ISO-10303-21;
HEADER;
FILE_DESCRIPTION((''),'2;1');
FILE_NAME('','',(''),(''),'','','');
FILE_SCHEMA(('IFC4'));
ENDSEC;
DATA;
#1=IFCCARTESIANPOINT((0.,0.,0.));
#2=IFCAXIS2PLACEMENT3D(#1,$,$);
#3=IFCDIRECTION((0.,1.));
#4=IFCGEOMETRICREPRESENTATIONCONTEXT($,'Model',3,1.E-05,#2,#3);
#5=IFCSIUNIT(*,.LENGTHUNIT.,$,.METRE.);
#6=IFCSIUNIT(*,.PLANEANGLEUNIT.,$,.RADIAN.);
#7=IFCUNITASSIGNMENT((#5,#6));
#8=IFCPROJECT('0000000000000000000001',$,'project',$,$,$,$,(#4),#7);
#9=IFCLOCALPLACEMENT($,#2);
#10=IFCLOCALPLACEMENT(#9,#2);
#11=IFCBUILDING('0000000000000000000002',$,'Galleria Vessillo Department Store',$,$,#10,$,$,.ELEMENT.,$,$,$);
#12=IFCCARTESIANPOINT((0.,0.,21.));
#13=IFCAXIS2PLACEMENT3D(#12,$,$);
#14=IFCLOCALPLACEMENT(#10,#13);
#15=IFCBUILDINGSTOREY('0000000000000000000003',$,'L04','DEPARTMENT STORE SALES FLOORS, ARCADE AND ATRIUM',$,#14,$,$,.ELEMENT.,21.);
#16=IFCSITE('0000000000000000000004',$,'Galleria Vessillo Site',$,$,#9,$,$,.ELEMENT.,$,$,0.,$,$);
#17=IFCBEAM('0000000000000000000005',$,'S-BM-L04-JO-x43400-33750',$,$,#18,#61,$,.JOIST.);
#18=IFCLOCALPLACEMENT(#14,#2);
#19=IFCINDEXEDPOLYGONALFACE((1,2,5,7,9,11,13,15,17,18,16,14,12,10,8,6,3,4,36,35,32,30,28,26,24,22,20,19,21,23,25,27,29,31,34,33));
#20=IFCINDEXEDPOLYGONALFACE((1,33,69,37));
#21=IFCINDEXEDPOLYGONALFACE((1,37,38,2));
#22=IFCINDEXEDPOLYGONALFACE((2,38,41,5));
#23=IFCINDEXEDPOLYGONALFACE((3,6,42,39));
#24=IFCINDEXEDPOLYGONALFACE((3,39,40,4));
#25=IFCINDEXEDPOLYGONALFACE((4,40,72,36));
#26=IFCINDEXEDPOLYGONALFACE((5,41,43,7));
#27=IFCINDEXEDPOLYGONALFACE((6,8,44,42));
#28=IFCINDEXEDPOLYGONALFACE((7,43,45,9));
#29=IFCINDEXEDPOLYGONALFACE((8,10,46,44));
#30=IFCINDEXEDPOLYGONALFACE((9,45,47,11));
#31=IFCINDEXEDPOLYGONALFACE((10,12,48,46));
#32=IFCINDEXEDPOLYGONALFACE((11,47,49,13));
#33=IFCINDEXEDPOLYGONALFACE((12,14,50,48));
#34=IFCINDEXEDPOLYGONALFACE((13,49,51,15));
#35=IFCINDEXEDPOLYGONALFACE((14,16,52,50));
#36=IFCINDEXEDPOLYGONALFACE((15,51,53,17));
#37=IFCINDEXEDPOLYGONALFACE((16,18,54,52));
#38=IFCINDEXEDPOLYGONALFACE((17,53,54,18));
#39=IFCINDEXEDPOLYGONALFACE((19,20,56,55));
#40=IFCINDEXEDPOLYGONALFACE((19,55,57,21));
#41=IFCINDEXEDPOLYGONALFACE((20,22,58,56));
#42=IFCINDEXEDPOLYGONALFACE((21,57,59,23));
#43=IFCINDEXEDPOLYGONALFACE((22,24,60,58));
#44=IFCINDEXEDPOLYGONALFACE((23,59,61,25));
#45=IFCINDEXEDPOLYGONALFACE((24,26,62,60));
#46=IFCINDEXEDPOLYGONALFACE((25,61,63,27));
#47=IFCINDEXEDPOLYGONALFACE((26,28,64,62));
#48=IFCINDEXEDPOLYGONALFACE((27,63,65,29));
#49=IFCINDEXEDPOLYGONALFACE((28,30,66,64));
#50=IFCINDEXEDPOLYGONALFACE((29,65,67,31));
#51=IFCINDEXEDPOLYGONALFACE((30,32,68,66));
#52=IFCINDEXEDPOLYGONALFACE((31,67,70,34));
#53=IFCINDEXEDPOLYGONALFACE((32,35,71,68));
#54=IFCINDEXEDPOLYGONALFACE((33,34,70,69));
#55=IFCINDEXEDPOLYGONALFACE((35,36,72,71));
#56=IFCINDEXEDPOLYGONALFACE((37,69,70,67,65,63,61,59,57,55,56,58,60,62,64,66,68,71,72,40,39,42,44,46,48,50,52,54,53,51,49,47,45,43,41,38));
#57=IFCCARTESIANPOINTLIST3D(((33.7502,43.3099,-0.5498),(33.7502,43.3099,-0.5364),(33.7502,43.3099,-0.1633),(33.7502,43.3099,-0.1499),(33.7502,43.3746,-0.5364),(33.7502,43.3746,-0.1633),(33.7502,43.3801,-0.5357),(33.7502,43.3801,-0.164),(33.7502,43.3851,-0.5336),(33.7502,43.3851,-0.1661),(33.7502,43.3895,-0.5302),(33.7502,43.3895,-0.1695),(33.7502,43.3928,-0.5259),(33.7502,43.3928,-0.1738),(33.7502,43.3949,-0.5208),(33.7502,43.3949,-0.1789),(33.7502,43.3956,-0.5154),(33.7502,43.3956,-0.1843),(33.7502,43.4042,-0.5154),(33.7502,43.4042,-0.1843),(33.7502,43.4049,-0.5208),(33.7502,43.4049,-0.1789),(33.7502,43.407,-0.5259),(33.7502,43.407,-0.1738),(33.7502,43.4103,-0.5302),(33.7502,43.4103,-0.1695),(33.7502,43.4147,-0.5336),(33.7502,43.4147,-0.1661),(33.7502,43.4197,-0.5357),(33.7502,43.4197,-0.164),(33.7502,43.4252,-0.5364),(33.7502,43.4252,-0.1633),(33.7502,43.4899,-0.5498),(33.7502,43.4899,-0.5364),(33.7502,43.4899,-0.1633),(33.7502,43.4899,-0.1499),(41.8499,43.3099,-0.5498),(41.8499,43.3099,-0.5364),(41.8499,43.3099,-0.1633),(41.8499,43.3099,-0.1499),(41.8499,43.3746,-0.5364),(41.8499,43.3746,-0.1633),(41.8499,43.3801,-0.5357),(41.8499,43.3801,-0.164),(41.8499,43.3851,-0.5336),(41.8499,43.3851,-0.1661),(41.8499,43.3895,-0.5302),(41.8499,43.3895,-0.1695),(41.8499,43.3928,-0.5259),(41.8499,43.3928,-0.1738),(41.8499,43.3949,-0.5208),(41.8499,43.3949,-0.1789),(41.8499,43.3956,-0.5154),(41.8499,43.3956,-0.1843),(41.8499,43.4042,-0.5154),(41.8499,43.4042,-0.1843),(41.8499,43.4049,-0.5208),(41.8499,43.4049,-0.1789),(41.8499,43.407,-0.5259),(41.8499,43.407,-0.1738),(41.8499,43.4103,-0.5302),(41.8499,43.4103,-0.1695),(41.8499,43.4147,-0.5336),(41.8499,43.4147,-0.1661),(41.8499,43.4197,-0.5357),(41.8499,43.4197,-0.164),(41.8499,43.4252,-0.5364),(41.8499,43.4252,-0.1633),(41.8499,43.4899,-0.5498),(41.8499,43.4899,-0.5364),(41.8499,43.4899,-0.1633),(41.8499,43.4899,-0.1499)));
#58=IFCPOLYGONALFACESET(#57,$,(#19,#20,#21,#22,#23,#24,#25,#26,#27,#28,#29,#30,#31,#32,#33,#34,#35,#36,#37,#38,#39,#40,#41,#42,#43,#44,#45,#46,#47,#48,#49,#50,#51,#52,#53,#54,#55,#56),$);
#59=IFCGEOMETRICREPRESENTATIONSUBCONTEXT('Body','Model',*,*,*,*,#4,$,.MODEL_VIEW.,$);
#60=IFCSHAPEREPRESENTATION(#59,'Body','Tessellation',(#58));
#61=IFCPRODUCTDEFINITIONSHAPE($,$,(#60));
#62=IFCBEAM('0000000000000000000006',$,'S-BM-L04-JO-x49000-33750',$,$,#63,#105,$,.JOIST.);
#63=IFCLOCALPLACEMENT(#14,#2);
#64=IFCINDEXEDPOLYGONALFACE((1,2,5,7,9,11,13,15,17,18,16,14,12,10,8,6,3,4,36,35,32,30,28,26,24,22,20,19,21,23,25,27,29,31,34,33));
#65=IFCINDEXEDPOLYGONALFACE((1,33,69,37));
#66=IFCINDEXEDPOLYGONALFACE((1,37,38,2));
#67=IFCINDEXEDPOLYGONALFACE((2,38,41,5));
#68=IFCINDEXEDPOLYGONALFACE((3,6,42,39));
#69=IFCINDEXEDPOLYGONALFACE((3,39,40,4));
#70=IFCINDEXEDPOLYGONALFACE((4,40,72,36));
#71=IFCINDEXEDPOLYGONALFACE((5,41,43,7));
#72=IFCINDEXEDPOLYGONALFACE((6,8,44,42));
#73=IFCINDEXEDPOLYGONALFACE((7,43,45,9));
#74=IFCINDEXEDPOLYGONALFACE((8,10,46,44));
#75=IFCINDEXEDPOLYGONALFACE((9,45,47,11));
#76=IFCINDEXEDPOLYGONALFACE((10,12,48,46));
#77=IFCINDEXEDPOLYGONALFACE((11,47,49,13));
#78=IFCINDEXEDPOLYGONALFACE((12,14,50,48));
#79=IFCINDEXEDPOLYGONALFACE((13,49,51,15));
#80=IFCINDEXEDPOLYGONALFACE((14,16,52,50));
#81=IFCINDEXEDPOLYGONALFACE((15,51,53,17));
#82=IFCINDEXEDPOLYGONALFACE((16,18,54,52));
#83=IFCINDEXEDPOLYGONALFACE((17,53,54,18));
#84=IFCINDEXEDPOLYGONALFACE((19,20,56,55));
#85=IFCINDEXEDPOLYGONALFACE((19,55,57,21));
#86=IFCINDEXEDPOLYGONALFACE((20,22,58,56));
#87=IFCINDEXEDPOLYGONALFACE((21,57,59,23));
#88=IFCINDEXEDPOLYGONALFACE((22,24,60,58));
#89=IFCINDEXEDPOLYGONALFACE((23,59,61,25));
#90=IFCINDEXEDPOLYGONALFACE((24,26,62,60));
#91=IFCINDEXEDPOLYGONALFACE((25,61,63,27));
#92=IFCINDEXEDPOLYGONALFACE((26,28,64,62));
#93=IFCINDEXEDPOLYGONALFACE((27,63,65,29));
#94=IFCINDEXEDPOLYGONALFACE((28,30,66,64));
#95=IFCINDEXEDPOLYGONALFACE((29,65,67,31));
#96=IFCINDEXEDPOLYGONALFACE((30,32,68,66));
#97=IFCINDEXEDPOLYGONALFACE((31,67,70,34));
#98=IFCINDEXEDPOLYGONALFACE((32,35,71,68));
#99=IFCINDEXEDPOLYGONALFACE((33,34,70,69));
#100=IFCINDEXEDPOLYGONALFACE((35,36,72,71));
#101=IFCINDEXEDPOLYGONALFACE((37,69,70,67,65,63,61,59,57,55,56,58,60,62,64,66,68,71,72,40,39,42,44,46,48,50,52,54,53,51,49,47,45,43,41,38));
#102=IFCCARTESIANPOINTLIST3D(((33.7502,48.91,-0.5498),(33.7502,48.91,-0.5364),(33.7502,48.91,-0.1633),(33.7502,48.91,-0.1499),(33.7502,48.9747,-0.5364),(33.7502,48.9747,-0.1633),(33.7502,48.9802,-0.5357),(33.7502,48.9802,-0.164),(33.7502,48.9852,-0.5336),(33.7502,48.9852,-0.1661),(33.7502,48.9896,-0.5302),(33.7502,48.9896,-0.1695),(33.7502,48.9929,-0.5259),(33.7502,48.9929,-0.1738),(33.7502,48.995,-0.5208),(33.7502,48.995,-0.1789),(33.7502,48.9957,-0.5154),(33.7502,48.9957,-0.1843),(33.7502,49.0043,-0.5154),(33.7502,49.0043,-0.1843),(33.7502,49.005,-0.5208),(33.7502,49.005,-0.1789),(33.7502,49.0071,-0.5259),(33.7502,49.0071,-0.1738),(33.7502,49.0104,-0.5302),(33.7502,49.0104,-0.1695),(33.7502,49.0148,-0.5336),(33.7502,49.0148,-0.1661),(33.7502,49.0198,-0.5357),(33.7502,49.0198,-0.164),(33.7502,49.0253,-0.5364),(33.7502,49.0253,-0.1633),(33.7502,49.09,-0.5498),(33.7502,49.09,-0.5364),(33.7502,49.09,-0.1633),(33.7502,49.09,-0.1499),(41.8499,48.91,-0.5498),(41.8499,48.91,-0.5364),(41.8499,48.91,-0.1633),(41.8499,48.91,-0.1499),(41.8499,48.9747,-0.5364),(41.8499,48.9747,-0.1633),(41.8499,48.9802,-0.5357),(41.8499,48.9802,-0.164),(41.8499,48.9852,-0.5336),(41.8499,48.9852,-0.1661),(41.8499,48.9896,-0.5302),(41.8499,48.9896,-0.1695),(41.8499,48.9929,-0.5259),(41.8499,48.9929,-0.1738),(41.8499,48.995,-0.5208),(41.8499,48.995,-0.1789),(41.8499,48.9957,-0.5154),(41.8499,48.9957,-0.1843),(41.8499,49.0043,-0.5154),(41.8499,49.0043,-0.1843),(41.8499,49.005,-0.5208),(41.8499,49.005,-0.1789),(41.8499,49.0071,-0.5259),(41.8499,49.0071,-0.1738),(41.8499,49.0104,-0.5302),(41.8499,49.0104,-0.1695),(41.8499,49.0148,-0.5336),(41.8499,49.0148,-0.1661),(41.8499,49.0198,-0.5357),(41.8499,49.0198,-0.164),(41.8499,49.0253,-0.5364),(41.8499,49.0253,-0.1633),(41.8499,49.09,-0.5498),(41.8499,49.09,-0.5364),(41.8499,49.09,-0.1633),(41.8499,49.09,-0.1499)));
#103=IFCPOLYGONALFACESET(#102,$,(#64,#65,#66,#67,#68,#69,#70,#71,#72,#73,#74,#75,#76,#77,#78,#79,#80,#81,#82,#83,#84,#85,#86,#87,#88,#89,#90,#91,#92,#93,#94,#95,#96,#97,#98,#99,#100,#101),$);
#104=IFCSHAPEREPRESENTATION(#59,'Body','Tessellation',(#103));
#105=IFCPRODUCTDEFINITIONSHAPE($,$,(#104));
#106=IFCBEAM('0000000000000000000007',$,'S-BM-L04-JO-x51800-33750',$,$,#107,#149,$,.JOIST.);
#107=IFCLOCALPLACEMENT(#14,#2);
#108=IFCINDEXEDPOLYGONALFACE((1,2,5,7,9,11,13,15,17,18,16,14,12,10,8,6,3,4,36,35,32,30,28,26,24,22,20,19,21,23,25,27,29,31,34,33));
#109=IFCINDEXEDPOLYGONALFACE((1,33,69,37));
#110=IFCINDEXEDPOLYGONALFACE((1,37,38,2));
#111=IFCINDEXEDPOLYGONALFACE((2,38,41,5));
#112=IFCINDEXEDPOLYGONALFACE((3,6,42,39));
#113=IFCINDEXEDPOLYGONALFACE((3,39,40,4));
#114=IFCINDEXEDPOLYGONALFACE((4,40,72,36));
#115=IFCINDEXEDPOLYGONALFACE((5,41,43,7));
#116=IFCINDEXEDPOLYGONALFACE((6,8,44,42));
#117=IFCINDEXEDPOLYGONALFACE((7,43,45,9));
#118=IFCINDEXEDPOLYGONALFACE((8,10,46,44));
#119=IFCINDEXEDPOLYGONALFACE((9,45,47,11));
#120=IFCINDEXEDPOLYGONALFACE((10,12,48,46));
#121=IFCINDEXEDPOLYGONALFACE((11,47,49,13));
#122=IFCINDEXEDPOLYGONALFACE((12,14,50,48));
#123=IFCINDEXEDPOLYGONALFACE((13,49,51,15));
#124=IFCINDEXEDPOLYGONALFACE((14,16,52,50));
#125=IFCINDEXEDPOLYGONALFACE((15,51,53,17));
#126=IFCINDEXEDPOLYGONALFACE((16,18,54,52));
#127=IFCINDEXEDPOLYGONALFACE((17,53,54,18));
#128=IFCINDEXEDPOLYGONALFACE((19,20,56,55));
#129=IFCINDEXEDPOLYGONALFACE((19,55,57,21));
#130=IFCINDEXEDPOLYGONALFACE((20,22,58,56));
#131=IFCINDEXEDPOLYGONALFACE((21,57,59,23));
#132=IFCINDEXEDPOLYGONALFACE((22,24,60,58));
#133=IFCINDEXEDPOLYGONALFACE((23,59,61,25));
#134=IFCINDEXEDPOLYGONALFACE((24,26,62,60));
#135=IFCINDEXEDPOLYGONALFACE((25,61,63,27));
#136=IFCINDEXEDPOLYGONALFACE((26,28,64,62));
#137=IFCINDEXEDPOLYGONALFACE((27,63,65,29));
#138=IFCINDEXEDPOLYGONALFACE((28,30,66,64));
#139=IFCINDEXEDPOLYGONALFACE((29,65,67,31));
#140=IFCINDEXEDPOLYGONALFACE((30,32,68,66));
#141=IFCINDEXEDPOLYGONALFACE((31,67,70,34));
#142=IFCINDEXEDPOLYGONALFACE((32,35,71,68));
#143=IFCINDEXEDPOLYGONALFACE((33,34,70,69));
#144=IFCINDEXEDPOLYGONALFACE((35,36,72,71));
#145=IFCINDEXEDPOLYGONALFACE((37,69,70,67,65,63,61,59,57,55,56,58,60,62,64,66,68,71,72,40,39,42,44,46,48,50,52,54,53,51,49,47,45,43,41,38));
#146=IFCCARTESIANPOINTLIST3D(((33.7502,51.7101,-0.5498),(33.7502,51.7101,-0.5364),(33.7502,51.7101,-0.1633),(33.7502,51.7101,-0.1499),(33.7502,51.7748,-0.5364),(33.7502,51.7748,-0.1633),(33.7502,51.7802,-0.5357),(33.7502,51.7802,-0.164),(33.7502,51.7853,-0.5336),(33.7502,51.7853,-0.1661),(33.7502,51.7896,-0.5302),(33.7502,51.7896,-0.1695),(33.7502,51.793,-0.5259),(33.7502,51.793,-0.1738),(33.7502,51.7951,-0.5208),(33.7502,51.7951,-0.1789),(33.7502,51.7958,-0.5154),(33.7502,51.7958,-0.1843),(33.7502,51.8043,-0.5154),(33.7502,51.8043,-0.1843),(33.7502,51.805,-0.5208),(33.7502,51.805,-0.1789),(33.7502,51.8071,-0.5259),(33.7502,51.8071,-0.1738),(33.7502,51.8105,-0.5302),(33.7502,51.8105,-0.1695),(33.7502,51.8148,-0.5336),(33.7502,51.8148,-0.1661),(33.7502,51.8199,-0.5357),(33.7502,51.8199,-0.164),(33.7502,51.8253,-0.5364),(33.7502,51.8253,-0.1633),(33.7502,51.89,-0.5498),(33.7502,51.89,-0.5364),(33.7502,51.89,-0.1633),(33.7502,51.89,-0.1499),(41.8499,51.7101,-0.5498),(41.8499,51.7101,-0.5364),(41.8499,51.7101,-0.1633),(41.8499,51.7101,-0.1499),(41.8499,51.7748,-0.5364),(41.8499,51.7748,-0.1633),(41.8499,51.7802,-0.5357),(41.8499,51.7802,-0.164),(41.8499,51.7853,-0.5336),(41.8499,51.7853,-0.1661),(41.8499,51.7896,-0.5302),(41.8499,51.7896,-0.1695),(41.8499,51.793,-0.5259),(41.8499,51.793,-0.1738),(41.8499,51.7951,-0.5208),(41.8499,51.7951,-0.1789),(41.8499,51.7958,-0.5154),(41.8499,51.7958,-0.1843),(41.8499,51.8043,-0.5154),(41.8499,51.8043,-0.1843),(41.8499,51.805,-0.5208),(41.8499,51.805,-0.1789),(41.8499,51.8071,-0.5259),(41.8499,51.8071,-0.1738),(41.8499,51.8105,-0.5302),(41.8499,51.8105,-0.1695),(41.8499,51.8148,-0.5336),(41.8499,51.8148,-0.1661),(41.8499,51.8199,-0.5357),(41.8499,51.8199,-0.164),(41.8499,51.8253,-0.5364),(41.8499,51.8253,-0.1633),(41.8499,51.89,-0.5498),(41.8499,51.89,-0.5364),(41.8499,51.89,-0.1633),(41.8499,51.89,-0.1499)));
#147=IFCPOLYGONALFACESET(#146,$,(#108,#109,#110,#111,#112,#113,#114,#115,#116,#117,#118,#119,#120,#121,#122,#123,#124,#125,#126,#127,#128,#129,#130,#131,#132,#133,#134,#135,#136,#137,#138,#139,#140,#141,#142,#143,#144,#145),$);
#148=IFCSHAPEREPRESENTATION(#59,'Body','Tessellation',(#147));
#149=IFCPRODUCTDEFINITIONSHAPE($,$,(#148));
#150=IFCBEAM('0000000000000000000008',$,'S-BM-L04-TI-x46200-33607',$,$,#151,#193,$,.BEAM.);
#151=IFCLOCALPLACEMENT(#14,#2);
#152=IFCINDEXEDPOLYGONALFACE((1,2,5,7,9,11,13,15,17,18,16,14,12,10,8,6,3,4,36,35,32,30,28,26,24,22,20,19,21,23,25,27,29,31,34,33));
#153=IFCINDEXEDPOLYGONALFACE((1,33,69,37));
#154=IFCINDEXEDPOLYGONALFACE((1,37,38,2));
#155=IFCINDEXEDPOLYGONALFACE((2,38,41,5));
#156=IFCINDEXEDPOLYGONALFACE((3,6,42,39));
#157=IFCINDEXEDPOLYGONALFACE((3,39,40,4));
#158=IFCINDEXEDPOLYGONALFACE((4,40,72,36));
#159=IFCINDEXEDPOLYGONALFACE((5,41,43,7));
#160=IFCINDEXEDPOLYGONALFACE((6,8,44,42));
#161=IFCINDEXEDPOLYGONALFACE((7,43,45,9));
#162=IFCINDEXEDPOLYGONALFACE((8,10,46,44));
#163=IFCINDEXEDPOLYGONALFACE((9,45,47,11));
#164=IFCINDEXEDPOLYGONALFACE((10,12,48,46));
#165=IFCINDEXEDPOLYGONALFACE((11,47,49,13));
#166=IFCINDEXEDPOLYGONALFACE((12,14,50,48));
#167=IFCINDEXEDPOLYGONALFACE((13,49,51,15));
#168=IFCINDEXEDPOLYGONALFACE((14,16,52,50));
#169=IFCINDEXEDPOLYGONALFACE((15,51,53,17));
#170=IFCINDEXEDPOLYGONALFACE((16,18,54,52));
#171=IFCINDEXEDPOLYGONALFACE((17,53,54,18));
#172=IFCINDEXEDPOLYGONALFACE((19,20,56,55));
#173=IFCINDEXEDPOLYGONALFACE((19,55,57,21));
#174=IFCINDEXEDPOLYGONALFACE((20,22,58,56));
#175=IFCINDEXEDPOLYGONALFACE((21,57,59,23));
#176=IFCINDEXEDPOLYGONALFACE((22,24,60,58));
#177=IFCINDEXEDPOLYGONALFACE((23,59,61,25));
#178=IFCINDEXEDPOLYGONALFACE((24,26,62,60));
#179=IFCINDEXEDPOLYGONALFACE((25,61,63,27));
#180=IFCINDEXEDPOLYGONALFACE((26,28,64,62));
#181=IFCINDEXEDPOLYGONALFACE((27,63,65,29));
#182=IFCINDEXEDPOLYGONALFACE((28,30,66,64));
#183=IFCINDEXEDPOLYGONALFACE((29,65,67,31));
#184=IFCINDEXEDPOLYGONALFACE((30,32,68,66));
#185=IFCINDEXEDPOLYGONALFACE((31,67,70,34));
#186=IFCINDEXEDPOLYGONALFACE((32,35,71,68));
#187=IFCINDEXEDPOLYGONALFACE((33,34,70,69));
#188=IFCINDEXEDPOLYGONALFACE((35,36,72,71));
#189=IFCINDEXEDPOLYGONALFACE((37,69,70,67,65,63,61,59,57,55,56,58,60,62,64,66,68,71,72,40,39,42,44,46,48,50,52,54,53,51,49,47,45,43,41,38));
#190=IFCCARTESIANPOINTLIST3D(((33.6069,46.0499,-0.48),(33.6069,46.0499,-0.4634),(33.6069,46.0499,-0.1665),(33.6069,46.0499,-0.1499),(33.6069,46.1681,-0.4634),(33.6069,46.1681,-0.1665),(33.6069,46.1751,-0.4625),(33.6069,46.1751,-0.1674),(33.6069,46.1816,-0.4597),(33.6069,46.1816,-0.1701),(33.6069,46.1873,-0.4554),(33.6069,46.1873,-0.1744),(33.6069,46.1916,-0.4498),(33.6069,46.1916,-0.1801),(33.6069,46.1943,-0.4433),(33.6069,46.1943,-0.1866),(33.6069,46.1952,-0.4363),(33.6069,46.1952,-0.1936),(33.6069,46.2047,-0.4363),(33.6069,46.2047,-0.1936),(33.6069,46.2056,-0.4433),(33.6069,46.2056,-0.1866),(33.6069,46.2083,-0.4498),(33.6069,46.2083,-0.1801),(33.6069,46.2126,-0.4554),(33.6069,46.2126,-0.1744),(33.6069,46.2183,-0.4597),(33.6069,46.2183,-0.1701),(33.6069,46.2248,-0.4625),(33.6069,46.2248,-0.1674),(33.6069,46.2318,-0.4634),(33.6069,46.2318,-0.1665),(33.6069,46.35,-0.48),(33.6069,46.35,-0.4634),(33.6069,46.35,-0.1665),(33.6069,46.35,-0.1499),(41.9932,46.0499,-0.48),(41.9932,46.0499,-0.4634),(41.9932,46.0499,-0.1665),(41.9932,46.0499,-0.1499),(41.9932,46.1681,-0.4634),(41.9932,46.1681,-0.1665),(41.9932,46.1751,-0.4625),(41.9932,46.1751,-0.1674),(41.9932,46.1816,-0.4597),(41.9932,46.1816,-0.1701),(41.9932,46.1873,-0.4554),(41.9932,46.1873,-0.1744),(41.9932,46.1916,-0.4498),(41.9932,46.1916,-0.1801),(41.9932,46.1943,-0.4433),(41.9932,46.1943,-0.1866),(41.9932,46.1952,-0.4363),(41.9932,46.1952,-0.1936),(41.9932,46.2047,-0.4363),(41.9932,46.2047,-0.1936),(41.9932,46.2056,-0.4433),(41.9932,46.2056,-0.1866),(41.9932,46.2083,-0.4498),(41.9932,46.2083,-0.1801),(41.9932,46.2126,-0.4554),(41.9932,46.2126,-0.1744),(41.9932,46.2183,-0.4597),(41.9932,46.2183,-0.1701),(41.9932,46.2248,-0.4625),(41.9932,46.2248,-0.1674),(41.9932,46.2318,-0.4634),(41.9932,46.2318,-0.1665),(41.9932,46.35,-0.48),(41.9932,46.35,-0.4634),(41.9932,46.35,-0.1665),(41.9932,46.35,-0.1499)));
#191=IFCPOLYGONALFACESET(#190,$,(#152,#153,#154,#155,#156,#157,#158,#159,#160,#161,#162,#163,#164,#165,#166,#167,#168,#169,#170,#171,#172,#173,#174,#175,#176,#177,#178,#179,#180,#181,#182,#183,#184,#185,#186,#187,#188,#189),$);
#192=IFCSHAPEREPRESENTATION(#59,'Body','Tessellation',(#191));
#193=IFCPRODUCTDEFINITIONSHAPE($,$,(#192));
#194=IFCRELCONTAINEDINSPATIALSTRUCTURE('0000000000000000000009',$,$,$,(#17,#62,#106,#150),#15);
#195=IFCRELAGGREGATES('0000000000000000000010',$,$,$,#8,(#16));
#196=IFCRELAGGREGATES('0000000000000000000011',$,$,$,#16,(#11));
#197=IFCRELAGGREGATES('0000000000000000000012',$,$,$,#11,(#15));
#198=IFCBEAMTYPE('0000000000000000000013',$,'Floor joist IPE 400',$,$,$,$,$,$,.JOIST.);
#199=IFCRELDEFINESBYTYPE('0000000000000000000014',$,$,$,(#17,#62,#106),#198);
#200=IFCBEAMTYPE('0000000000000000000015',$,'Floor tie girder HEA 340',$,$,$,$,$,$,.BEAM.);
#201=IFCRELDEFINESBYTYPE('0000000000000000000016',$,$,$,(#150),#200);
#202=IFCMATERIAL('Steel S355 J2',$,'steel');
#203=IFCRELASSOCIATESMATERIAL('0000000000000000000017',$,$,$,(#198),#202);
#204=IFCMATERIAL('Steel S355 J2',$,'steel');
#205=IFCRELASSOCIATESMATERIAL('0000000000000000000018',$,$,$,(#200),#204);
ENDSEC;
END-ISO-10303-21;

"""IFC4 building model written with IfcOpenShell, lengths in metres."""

from ifc_helpers import new_model, si_unit, direction, frame, origin, origin_2d, place, context, subcontext, project, spatial, i_section, extrude, material, material_profile, profile_set, type_object, element, save


model = new_model("IFC4")

# Units and contexts
model_context = context("Model", 3, precision=1e-05, world=origin(), true_north=direction((0.0, 1.0)))
body_context = subcontext(model_context, "Body", "Model", "MODEL_VIEW")
ifc_project = project(units=[si_unit("LENGTHUNIT", "METRE"), si_unit("PLANEANGLEUNIT", "RADIAN")], contexts=[model_context])

# Site, building, storey
site_placement = place(None, origin())
site = spatial("IfcSite", under=ifc_project, at=site_placement, Name="Galleria Vessillo Site", CompositionType="ELEMENT", RefElevation=0.0)
building_placement = place(site_placement, origin())
building = spatial("IfcBuilding", under=site, at=building_placement, Name="Galleria Vessillo Department Store", CompositionType="ELEMENT")
storey_placement = place(building_placement, frame((0.0, 0.0, 21.0)))
storey = spatial("IfcBuildingStorey", under=building, at=storey_placement, Name="L04", Description="DEPARTMENT STORE SALES FLOORS, ARCADE AND ATRIUM", CompositionType="ELEMENT", Elevation=21.0)

# Beams
ifc_material_1 = material(Name="Steel S355 J2", Category="steel")
ifc_material_profile_1 = material_profile(ifc_material_1, i_section(OverallWidth=0.1799, OverallDepth=0.3999, WebThickness=0.0085, FlangeThickness=0.0134, FilletRadius=0.021, at=origin_2d()), Name="IPE 400")
ifc_profile_set_1 = profile_set([ifc_material_profile_1], Name="Steel S355 J2")
beam_type_1 = type_object("IfcBeamType", Name="Floor joist IPE 400", PredefinedType="JOIST", material=ifc_profile_set_1)
for number, where, z_axis, x_axis, name in (
    (1, (33.7502, 43.3999, -0.3499), (1.0, 0.0, 0.0), (0.0, 1.0, 0.0), "S-BM-L04-JO-x43400-33750"),
    (2, (33.7502, 49.0, -0.3499), (1.0, 0.0, 0.0), (0.0, 1.0, 0.0), "S-BM-L04-JO-x49000-33750"),
    (3, (33.7502, 51.8, -0.3499), (1.0, 0.0, 0.0), (0.0, 1.0, 0.0), "S-BM-L04-JO-x51800-33750"),
):
    element("IfcBeam", number, at=place(storey_placement, frame(where, z_axis=z_axis, x_axis=x_axis)), inside=storey, type_object=beam_type_1, Name=name, PredefinedType="JOIST", context=body_context, shape_type="SweptSolid", body=[
        extrude(i_section(OverallWidth=0.1799, OverallDepth=0.3999, WebThickness=0.0085, FlangeThickness=0.0134, FilletRadius=0.021, at=origin_2d()), origin(), (0.0, 0.0, 1.0), 8.0996),
    ])
ifc_material_2 = material(Name="Steel S355 J2", Category="steel")
ifc_material_profile_2 = material_profile(ifc_material_2, i_section(OverallWidth=0.3, OverallDepth=0.3301, WebThickness=0.0095, FlangeThickness=0.0166, FilletRadius=0.0271, at=origin_2d()), Name="HEA 340")
ifc_profile_set_2 = profile_set([ifc_material_profile_2], Name="Steel S355 J2")
beam_type_2 = type_object("IfcBeamType", Name="Floor tie girder HEA 340", PredefinedType="BEAM", material=ifc_profile_set_2)
beam_1_placement = place(storey_placement, frame((33.6069, 46.2, -0.3149), z_axis=(1.0, 0.0, 0.0), x_axis=(0.0, 1.0, 0.0)))
element("IfcBeam", 4, at=beam_1_placement, inside=storey, type_object=beam_type_2, Name="S-BM-L04-TI-x46200-33607", PredefinedType="BEAM", context=body_context, shape_type="SweptSolid", body=[
    extrude(i_section(OverallWidth=0.3, OverallDepth=0.3301, WebThickness=0.0095, FlangeThickness=0.0166, FilletRadius=0.0271, at=origin_2d()), origin(), (0.0, 0.0, 1.0), 8.3862),
])

save(model, "model.ifc")
